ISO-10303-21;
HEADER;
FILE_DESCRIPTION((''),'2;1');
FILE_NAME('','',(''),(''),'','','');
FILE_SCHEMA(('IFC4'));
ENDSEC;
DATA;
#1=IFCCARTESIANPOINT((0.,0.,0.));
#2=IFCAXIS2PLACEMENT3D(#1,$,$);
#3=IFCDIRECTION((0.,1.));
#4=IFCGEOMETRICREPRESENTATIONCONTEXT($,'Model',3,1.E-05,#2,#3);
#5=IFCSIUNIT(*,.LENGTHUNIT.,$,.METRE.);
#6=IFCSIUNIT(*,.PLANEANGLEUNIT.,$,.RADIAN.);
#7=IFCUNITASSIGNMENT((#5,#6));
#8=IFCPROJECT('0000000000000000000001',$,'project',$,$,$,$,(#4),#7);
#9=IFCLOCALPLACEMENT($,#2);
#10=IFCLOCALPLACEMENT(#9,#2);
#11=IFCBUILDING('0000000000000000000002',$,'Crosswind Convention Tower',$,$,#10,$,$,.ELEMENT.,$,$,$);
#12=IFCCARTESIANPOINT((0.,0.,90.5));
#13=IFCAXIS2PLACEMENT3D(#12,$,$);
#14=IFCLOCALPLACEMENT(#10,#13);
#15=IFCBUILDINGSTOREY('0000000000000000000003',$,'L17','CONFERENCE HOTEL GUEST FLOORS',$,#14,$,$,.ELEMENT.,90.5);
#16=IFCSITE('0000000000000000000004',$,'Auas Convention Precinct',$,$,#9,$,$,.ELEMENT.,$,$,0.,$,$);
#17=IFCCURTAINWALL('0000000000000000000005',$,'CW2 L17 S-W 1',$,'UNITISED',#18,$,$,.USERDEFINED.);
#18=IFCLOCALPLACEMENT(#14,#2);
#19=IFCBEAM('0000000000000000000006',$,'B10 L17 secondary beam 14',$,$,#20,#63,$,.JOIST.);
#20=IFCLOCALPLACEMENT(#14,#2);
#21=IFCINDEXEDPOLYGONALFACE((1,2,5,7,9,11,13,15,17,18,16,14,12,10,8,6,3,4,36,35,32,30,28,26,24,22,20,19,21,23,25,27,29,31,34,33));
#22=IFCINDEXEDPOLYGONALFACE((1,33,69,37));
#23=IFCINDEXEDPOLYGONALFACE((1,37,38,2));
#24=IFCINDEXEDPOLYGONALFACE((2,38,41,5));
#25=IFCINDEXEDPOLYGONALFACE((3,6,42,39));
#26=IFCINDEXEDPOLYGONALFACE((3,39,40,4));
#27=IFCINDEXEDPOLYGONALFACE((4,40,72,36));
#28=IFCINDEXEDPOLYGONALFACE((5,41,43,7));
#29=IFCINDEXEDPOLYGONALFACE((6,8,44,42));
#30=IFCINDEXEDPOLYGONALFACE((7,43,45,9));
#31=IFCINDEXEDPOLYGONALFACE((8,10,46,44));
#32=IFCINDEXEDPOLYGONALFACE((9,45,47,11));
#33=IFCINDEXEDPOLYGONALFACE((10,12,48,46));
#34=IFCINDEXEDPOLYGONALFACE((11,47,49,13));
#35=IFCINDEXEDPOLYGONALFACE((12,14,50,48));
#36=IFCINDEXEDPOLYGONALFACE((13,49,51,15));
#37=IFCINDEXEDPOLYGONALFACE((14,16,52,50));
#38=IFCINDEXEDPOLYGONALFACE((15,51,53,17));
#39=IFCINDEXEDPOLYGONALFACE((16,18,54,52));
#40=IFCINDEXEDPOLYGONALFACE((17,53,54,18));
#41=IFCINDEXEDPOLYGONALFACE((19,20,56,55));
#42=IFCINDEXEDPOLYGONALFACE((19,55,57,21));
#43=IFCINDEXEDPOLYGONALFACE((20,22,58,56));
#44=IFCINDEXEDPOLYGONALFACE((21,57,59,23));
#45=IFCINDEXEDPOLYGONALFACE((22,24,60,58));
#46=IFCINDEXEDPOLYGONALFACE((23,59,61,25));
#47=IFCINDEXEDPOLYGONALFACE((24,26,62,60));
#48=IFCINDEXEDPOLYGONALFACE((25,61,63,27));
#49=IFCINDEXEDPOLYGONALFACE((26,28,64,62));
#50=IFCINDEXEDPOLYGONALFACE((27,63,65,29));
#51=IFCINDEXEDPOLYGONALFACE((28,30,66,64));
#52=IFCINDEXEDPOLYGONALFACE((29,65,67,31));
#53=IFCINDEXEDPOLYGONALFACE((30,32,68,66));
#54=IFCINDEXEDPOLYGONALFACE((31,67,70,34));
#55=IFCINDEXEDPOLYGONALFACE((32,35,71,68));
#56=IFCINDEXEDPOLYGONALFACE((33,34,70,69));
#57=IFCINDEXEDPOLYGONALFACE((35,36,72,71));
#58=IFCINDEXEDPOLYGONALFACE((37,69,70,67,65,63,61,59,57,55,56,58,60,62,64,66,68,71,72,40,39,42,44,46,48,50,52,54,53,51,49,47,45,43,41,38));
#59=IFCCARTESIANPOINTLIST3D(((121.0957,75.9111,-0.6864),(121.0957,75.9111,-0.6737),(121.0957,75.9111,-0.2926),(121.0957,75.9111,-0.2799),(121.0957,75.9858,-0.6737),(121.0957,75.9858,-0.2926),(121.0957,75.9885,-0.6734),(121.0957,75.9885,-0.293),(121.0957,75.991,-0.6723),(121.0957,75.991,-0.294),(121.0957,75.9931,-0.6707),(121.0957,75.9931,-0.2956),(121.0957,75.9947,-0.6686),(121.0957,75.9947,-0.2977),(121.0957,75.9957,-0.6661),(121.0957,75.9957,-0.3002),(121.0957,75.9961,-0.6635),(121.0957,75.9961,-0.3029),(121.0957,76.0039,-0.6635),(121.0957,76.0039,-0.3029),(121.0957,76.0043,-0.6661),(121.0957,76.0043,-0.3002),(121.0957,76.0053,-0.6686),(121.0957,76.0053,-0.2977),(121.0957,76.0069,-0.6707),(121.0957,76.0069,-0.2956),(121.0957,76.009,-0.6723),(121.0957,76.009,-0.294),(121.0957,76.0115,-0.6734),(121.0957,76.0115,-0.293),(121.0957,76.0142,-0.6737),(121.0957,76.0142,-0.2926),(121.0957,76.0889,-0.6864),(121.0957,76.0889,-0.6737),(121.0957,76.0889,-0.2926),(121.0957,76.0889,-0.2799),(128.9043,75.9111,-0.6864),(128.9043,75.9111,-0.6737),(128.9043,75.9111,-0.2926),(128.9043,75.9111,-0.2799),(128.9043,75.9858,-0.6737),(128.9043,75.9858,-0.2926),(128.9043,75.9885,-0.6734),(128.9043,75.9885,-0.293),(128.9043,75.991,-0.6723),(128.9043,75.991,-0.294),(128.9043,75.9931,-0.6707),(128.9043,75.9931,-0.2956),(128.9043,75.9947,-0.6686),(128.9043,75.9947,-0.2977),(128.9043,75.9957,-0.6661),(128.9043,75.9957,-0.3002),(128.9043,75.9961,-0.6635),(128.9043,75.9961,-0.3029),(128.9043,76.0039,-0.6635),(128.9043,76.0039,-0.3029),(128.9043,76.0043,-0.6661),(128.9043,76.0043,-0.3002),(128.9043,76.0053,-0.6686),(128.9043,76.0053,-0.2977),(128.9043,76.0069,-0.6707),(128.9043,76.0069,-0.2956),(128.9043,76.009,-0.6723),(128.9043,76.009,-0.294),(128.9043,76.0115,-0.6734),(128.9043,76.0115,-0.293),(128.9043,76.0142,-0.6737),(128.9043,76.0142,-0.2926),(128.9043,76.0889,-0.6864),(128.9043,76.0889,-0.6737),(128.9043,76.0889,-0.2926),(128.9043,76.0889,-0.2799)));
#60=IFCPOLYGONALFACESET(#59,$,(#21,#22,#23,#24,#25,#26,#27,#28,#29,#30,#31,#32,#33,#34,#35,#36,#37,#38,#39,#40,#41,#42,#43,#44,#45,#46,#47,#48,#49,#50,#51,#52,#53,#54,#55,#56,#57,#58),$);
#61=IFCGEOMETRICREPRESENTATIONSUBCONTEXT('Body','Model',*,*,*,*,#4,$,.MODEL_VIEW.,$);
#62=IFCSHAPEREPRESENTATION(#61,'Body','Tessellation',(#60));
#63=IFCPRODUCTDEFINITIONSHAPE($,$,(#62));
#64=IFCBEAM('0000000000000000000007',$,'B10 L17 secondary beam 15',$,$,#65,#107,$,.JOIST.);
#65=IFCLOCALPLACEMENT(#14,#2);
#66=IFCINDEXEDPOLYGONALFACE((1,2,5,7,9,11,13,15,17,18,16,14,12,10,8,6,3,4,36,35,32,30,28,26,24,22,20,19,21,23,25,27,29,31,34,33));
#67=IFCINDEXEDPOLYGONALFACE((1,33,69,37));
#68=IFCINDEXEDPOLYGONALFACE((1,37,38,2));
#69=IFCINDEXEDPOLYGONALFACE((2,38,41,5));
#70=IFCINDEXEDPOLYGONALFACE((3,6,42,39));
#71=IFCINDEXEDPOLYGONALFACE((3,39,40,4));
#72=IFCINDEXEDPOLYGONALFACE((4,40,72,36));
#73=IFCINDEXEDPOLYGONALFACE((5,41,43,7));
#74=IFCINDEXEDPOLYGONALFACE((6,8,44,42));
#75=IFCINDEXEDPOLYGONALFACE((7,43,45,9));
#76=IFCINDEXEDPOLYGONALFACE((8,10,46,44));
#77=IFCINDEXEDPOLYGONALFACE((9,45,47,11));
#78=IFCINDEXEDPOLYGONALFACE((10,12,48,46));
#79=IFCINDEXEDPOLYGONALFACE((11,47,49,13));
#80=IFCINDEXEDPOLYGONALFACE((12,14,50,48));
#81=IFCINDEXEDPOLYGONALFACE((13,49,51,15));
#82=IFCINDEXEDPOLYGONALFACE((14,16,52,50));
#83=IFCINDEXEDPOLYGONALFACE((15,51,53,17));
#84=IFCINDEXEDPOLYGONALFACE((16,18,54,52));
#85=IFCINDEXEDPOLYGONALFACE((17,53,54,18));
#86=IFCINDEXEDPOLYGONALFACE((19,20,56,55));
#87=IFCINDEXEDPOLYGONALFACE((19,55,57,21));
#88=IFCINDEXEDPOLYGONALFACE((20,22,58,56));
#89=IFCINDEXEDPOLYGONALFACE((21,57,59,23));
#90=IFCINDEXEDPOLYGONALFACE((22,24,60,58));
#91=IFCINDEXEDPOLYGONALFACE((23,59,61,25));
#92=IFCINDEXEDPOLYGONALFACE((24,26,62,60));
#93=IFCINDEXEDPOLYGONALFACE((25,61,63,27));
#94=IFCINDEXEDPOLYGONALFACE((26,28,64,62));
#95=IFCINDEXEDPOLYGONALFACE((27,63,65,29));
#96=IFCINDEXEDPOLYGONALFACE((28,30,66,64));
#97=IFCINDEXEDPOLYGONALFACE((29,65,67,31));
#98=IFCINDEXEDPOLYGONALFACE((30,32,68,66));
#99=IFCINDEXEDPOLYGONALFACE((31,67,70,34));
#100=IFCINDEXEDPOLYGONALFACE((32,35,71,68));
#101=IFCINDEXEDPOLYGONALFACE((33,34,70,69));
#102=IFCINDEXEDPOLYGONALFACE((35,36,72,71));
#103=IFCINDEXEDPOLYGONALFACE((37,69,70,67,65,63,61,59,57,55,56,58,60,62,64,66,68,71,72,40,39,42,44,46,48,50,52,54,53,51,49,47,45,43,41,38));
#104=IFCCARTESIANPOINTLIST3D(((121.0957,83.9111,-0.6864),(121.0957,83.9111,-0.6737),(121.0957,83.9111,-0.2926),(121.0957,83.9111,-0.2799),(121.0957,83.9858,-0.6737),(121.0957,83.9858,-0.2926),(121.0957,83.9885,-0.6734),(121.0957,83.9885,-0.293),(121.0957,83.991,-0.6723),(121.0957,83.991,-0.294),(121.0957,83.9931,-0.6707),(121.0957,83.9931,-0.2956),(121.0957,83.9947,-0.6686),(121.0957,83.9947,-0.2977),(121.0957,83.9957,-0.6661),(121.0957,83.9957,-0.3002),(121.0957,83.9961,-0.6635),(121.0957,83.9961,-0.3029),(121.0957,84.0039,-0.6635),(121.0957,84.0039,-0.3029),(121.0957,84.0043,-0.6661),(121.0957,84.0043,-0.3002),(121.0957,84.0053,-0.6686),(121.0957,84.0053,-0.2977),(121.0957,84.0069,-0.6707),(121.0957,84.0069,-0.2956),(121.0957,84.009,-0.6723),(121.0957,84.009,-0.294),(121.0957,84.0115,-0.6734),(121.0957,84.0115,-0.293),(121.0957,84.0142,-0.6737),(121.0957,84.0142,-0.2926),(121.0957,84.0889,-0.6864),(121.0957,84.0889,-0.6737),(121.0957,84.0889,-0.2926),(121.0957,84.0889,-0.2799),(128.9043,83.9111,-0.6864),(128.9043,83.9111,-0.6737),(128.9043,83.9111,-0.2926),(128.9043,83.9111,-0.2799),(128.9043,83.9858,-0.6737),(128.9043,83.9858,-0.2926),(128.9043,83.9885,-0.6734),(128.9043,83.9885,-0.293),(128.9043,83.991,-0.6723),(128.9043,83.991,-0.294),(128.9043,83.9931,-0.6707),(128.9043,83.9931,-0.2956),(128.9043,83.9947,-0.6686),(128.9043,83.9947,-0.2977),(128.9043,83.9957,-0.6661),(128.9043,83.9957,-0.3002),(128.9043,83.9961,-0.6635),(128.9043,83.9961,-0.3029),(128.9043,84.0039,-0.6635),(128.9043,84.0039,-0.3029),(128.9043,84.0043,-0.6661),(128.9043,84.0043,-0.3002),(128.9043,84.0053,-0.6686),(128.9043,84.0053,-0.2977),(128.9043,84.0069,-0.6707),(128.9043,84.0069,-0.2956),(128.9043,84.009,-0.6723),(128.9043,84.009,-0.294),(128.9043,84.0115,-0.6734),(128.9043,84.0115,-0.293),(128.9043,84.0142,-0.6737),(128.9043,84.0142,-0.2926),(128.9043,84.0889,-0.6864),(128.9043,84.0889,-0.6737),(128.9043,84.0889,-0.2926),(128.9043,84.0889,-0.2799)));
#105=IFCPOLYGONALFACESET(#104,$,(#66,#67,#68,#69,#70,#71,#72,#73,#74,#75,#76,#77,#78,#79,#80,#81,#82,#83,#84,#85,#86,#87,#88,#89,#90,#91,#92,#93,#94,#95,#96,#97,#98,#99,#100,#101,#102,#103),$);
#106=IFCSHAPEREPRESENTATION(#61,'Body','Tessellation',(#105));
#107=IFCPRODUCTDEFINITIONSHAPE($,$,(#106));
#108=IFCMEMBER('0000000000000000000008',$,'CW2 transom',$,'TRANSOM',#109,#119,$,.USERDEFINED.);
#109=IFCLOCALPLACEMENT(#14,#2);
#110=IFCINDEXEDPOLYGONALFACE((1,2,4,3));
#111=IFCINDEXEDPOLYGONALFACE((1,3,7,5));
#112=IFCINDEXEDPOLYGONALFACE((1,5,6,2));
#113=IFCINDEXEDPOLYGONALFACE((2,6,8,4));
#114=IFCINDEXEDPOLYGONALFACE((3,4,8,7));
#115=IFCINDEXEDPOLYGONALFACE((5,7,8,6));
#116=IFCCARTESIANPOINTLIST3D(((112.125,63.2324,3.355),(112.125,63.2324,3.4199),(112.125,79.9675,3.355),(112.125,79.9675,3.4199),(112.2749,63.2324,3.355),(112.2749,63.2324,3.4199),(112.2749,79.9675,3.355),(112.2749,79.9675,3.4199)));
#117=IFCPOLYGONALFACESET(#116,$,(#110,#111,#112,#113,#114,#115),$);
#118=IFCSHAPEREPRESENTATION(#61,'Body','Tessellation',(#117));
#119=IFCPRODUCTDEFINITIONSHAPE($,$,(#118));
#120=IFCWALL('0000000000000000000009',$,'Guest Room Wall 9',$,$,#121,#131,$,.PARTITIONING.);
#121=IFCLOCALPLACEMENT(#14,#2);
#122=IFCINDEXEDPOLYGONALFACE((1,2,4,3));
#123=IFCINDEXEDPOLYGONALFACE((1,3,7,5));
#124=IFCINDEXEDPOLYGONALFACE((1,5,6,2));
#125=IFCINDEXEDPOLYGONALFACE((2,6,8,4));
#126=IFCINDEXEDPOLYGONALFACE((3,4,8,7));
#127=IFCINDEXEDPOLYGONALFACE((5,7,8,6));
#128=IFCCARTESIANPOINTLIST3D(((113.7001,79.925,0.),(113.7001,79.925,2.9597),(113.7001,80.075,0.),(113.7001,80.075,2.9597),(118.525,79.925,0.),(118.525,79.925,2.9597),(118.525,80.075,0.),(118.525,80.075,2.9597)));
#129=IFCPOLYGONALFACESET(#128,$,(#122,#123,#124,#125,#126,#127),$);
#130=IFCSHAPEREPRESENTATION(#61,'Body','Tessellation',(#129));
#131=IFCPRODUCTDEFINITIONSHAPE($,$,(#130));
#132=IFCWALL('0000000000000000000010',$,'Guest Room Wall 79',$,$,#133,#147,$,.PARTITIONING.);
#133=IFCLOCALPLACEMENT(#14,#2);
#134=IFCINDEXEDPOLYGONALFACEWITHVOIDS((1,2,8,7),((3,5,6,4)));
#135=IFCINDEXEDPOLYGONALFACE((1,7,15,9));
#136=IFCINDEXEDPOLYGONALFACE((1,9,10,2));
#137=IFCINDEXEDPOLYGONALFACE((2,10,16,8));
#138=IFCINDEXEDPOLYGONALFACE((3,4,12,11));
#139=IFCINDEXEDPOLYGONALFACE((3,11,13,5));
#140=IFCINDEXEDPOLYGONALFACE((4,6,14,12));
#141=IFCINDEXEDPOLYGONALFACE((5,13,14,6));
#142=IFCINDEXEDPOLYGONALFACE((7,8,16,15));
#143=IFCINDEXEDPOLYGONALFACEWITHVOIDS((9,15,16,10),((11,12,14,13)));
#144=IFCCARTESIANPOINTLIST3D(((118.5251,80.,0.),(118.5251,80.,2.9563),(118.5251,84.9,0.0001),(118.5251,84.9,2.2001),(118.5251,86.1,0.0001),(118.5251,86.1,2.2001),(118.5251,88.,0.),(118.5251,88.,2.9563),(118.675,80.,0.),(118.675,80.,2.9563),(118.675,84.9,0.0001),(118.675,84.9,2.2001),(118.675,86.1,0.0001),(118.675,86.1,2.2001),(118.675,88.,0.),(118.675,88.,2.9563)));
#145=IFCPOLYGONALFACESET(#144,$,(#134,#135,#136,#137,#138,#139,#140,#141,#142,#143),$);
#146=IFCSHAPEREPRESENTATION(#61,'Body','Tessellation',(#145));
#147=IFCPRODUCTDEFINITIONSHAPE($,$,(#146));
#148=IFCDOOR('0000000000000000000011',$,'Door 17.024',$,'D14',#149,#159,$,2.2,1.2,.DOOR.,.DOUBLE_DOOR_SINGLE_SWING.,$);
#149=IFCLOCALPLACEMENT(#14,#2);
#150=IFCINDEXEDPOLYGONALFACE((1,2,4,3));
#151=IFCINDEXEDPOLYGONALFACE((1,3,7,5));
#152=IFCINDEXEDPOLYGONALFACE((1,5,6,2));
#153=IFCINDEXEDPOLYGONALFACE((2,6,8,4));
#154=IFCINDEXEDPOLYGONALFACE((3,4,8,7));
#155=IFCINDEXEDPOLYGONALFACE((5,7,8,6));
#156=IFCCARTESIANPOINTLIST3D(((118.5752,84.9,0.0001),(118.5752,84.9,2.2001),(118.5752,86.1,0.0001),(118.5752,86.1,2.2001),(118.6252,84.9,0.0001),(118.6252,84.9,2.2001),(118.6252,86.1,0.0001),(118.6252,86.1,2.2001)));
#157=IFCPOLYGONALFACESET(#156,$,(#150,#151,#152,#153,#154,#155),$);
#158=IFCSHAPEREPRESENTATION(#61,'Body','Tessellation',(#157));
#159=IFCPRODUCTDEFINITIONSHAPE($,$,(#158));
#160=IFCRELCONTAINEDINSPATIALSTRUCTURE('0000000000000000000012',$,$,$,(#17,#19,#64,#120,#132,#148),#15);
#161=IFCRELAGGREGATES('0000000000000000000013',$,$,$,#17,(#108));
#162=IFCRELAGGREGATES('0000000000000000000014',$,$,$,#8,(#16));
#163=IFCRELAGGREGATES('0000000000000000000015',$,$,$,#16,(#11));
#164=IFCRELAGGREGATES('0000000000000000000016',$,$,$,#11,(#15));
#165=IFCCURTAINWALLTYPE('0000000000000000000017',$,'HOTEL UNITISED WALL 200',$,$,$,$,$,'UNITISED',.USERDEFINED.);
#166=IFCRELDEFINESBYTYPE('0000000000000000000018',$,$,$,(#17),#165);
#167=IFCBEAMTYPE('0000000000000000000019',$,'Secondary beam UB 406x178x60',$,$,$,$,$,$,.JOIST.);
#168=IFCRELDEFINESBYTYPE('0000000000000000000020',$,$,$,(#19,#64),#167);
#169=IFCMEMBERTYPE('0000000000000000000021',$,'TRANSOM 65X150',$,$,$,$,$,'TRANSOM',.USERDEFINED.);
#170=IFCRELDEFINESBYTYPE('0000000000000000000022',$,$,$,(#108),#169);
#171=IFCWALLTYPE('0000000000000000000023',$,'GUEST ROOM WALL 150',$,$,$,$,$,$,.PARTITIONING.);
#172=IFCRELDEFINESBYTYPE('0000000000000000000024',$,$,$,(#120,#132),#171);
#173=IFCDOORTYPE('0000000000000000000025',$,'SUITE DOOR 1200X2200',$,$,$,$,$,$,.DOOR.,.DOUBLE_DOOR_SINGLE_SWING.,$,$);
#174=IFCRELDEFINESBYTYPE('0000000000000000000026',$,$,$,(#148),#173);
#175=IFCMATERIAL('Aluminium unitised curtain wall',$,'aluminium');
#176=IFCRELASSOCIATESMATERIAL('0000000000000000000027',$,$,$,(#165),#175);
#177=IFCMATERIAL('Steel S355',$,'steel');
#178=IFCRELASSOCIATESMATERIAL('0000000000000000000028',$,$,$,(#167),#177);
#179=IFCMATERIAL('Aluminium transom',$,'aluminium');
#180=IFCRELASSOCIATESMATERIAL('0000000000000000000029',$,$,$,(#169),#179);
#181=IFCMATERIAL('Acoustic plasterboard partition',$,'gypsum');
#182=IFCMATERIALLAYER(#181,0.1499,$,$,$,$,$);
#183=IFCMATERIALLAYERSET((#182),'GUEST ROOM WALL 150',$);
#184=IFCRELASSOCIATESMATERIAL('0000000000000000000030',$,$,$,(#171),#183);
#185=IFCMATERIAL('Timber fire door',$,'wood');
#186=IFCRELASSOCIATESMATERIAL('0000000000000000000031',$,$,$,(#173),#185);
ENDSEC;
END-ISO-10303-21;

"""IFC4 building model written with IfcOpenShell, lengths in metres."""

from ifc_helpers import new_model, si_unit, direction, frame, frame_2d, origin, origin_2d, place, context, subcontext, project, spatial, rectangle, i_section, extrude, material, layer, layer_set, material_profile, profile_set, type_object, element, fill, aggregate, save


model = new_model("IFC4")

# Units and contexts
model_context = context("Model", 3, precision=1e-05, world=origin(), true_north=direction((0.0, 1.0)))
body_context = subcontext(model_context, "Body", "Model", "MODEL_VIEW")
ifc_project = project(units=[si_unit("LENGTHUNIT", "METRE"), si_unit("PLANEANGLEUNIT", "RADIAN")], contexts=[model_context])

# Site, building, storey
site_placement = place(None, origin())
site = spatial("IfcSite", under=ifc_project, at=site_placement, Name="Auas Convention Precinct", CompositionType="ELEMENT", RefElevation=0.0)
building_placement = place(site_placement, origin())
building = spatial("IfcBuilding", under=site, at=building_placement, Name="Crosswind Convention Tower", CompositionType="ELEMENT")
storey_placement = place(building_placement, frame((0.0, 0.0, 90.5)))
storey = spatial("IfcBuildingStorey", under=building, at=storey_placement, Name="L17", Description="CONFERENCE HOTEL GUEST FLOORS", CompositionType="ELEMENT", Elevation=90.5)

# Shared definitions
ifc_material_1 = material(Name="Steel S355", Category="steel")

# Curtain wall
ifc_material_2 = material(Name="Aluminium unitised curtain wall", Category="aluminium")
curtain_wall_type = type_object("IfcCurtainWallType", Name="HOTEL UNITISED WALL 200", ElementType="UNITISED", PredefinedType="USERDEFINED", material=ifc_material_2)
curtain_wall_placement = place(storey_placement, origin())
curtain_wall = element("IfcCurtainWall", 1, at=curtain_wall_placement, inside=storey, type_object=curtain_wall_type, Name="CW2 L17 S-W 1", ObjectType="UNITISED", PredefinedType="USERDEFINED")

# Beams
ifc_material_profile_1 = material_profile(ifc_material_1, i_section(OverallWidth=0.1777, OverallDepth=0.4065, WebThickness=0.0078, FlangeThickness=0.0127, FilletRadius=0.0103, at=origin_2d()), Name="UB 406x178x60")
ifc_profile_set_1 = profile_set([ifc_material_profile_1], Name="Steel S355")
beam_type_1 = type_object("IfcBeamType", Name="Secondary beam UB 406x178x60", PredefinedType="JOIST", material=ifc_profile_set_1)
for number, where, z_axis, x_axis, name in (
    (2, (121.0957, 76.0, -0.4832), (1.0, 0.0, 0.0), (0.0, 1.0, 0.0), "B10 L17 secondary beam 14"),
    (3, (121.0957, 84.0, -0.4832), (1.0, 0.0, 0.0), (0.0, 1.0, 0.0), "B10 L17 secondary beam 15"),
):
    element("IfcBeam", number, at=place(storey_placement, frame(where, z_axis=z_axis, x_axis=x_axis)), inside=storey, type_object=beam_type_1, Name=name, PredefinedType="JOIST", context=body_context, shape_type="SweptSolid", body=[
        extrude(i_section(OverallWidth=0.1777, OverallDepth=0.4065, WebThickness=0.0078, FlangeThickness=0.0127, FilletRadius=0.0103, at=origin_2d()), origin(), (0.0, 0.0, 1.0), 7.8086),
    ])

# Member
ifc_material_3 = material(Name="Aluminium transom", Category="aluminium")
ifc_material_profile_2 = material_profile(ifc_material_3, rectangle(XDim=0.1499, YDim=0.0649, at=origin_2d()), Name="AL 150X65")
ifc_profile_set_2 = profile_set([ifc_material_profile_2], Name="Aluminium transom")
member_type_1 = type_object("IfcMemberType", Name="TRANSOM 65X150", ElementType="TRANSOM", PredefinedType="USERDEFINED", material=ifc_profile_set_2)
member_1_placement = place(storey_placement, frame((112.2, 79.9675, 3.3875), z_axis=(0.0, -1.0, 0.0), x_axis=(1.0, 0.0, 0.0)))
member_1 = element("IfcMember", 4, at=member_1_placement, type_object=member_type_1, Name="CW2 transom", ObjectType="TRANSOM", PredefinedType="USERDEFINED", context=body_context, shape_type="SweptSolid", body=[
    extrude(rectangle(XDim=0.1499, YDim=0.0649, at=origin_2d()), origin(), (0.0, 0.0, 1.0), 16.7351),
])
aggregate(curtain_wall, [member_1])

# Wall
ifc_material_4 = material(Name="Acoustic plasterboard partition", Category="gypsum")
ifc_layer_1 = layer(ifc_material_4, 0.1499)
ifc_layer_set_1 = layer_set([ifc_layer_1], Name="GUEST ROOM WALL 150")
wall_type_1 = type_object("IfcWallType", Name="GUEST ROOM WALL 150", PredefinedType="PARTITIONING", material=ifc_layer_set_1)
wall_1_placement = place(storey_placement, frame((113.7, 80.0, 0.0), z_axis=(0.0, 0.0, 1.0), x_axis=(1.0, 0.0, 0.0)))
element("IfcWall", 5, at=wall_1_placement, inside=storey, type_object=wall_type_1, Name="Guest Room Wall 9", PredefinedType="PARTITIONING", context=body_context, shape_type="SweptSolid", body=[
    extrude(rectangle(XDim=4.825, YDim=0.1499, at=frame_2d((2.4126, 0.0))), origin(), (0.0, 0.0, 1.0), 2.9597),
])

# Wall, opening, door
wall_2_placement = place(storey_placement, frame((118.6001, 80.0, 0.0), z_axis=(0.0, 0.0, 1.0), x_axis=(0.0, 1.0, 0.0)))
wall_2 = element("IfcWall", 6, at=wall_2_placement, inside=storey, type_object=wall_type_1, Name="Guest Room Wall 79", PredefinedType="PARTITIONING", context=body_context, shape_type="SweptSolid", body=[
    extrude(rectangle(XDim=8.0, YDim=0.1499, at=frame_2d((4.0, 0.0))), origin(), (0.0, 0.0, 1.0), 2.9563),
])
opening_1_placement = place(wall_2_placement, frame((4.8999, 0.0, 0.0)))
opening_1 = element("IfcOpeningElement", 7, at=opening_1_placement, cuts=wall_2, PredefinedType="OPENING", context=body_context, shape_type="SweptSolid", body=[
    extrude(rectangle(XDim=1.2, YDim=2.2, at=frame_2d((0.6001, 1.1001))), frame((0.0, 0.085, 0.0), z_axis=(0.0, -1.0, 0.0), x_axis=(1.0, 0.0, 0.0)), (0.0, 0.0, 1.0), 0.1699),
])
ifc_material_5 = material(Name="Timber fire door", Category="wood")
door_type_1 = type_object("IfcDoorType", Name="SUITE DOOR 1200X2200", OperationType="DOUBLE_DOOR_SINGLE_SWING", PredefinedType="DOOR", material=ifc_material_5)
door_1_placement = place(opening_1_placement, origin())
door_1 = element("IfcDoor", 8, at=door_1_placement, inside=storey, type_object=door_type_1, Name="Door 17.024", ObjectType="D14", OperationType="DOUBLE_DOOR_SINGLE_SWING", OverallHeight=2.2, OverallWidth=1.2, PredefinedType="DOOR", context=body_context, shape_type="SweptSolid", body=[
    extrude(rectangle(XDim=1.2, YDim=2.2, at=frame_2d((0.6001, 1.1001))), frame((0.0, 0.0249, 0.0), z_axis=(0.0, -1.0, 0.0), x_axis=(1.0, 0.0, 0.0)), (0.0, 0.0, 1.0), 0.05),
])
fill(opening_1, door_1)

save(model, "model.ifc")
